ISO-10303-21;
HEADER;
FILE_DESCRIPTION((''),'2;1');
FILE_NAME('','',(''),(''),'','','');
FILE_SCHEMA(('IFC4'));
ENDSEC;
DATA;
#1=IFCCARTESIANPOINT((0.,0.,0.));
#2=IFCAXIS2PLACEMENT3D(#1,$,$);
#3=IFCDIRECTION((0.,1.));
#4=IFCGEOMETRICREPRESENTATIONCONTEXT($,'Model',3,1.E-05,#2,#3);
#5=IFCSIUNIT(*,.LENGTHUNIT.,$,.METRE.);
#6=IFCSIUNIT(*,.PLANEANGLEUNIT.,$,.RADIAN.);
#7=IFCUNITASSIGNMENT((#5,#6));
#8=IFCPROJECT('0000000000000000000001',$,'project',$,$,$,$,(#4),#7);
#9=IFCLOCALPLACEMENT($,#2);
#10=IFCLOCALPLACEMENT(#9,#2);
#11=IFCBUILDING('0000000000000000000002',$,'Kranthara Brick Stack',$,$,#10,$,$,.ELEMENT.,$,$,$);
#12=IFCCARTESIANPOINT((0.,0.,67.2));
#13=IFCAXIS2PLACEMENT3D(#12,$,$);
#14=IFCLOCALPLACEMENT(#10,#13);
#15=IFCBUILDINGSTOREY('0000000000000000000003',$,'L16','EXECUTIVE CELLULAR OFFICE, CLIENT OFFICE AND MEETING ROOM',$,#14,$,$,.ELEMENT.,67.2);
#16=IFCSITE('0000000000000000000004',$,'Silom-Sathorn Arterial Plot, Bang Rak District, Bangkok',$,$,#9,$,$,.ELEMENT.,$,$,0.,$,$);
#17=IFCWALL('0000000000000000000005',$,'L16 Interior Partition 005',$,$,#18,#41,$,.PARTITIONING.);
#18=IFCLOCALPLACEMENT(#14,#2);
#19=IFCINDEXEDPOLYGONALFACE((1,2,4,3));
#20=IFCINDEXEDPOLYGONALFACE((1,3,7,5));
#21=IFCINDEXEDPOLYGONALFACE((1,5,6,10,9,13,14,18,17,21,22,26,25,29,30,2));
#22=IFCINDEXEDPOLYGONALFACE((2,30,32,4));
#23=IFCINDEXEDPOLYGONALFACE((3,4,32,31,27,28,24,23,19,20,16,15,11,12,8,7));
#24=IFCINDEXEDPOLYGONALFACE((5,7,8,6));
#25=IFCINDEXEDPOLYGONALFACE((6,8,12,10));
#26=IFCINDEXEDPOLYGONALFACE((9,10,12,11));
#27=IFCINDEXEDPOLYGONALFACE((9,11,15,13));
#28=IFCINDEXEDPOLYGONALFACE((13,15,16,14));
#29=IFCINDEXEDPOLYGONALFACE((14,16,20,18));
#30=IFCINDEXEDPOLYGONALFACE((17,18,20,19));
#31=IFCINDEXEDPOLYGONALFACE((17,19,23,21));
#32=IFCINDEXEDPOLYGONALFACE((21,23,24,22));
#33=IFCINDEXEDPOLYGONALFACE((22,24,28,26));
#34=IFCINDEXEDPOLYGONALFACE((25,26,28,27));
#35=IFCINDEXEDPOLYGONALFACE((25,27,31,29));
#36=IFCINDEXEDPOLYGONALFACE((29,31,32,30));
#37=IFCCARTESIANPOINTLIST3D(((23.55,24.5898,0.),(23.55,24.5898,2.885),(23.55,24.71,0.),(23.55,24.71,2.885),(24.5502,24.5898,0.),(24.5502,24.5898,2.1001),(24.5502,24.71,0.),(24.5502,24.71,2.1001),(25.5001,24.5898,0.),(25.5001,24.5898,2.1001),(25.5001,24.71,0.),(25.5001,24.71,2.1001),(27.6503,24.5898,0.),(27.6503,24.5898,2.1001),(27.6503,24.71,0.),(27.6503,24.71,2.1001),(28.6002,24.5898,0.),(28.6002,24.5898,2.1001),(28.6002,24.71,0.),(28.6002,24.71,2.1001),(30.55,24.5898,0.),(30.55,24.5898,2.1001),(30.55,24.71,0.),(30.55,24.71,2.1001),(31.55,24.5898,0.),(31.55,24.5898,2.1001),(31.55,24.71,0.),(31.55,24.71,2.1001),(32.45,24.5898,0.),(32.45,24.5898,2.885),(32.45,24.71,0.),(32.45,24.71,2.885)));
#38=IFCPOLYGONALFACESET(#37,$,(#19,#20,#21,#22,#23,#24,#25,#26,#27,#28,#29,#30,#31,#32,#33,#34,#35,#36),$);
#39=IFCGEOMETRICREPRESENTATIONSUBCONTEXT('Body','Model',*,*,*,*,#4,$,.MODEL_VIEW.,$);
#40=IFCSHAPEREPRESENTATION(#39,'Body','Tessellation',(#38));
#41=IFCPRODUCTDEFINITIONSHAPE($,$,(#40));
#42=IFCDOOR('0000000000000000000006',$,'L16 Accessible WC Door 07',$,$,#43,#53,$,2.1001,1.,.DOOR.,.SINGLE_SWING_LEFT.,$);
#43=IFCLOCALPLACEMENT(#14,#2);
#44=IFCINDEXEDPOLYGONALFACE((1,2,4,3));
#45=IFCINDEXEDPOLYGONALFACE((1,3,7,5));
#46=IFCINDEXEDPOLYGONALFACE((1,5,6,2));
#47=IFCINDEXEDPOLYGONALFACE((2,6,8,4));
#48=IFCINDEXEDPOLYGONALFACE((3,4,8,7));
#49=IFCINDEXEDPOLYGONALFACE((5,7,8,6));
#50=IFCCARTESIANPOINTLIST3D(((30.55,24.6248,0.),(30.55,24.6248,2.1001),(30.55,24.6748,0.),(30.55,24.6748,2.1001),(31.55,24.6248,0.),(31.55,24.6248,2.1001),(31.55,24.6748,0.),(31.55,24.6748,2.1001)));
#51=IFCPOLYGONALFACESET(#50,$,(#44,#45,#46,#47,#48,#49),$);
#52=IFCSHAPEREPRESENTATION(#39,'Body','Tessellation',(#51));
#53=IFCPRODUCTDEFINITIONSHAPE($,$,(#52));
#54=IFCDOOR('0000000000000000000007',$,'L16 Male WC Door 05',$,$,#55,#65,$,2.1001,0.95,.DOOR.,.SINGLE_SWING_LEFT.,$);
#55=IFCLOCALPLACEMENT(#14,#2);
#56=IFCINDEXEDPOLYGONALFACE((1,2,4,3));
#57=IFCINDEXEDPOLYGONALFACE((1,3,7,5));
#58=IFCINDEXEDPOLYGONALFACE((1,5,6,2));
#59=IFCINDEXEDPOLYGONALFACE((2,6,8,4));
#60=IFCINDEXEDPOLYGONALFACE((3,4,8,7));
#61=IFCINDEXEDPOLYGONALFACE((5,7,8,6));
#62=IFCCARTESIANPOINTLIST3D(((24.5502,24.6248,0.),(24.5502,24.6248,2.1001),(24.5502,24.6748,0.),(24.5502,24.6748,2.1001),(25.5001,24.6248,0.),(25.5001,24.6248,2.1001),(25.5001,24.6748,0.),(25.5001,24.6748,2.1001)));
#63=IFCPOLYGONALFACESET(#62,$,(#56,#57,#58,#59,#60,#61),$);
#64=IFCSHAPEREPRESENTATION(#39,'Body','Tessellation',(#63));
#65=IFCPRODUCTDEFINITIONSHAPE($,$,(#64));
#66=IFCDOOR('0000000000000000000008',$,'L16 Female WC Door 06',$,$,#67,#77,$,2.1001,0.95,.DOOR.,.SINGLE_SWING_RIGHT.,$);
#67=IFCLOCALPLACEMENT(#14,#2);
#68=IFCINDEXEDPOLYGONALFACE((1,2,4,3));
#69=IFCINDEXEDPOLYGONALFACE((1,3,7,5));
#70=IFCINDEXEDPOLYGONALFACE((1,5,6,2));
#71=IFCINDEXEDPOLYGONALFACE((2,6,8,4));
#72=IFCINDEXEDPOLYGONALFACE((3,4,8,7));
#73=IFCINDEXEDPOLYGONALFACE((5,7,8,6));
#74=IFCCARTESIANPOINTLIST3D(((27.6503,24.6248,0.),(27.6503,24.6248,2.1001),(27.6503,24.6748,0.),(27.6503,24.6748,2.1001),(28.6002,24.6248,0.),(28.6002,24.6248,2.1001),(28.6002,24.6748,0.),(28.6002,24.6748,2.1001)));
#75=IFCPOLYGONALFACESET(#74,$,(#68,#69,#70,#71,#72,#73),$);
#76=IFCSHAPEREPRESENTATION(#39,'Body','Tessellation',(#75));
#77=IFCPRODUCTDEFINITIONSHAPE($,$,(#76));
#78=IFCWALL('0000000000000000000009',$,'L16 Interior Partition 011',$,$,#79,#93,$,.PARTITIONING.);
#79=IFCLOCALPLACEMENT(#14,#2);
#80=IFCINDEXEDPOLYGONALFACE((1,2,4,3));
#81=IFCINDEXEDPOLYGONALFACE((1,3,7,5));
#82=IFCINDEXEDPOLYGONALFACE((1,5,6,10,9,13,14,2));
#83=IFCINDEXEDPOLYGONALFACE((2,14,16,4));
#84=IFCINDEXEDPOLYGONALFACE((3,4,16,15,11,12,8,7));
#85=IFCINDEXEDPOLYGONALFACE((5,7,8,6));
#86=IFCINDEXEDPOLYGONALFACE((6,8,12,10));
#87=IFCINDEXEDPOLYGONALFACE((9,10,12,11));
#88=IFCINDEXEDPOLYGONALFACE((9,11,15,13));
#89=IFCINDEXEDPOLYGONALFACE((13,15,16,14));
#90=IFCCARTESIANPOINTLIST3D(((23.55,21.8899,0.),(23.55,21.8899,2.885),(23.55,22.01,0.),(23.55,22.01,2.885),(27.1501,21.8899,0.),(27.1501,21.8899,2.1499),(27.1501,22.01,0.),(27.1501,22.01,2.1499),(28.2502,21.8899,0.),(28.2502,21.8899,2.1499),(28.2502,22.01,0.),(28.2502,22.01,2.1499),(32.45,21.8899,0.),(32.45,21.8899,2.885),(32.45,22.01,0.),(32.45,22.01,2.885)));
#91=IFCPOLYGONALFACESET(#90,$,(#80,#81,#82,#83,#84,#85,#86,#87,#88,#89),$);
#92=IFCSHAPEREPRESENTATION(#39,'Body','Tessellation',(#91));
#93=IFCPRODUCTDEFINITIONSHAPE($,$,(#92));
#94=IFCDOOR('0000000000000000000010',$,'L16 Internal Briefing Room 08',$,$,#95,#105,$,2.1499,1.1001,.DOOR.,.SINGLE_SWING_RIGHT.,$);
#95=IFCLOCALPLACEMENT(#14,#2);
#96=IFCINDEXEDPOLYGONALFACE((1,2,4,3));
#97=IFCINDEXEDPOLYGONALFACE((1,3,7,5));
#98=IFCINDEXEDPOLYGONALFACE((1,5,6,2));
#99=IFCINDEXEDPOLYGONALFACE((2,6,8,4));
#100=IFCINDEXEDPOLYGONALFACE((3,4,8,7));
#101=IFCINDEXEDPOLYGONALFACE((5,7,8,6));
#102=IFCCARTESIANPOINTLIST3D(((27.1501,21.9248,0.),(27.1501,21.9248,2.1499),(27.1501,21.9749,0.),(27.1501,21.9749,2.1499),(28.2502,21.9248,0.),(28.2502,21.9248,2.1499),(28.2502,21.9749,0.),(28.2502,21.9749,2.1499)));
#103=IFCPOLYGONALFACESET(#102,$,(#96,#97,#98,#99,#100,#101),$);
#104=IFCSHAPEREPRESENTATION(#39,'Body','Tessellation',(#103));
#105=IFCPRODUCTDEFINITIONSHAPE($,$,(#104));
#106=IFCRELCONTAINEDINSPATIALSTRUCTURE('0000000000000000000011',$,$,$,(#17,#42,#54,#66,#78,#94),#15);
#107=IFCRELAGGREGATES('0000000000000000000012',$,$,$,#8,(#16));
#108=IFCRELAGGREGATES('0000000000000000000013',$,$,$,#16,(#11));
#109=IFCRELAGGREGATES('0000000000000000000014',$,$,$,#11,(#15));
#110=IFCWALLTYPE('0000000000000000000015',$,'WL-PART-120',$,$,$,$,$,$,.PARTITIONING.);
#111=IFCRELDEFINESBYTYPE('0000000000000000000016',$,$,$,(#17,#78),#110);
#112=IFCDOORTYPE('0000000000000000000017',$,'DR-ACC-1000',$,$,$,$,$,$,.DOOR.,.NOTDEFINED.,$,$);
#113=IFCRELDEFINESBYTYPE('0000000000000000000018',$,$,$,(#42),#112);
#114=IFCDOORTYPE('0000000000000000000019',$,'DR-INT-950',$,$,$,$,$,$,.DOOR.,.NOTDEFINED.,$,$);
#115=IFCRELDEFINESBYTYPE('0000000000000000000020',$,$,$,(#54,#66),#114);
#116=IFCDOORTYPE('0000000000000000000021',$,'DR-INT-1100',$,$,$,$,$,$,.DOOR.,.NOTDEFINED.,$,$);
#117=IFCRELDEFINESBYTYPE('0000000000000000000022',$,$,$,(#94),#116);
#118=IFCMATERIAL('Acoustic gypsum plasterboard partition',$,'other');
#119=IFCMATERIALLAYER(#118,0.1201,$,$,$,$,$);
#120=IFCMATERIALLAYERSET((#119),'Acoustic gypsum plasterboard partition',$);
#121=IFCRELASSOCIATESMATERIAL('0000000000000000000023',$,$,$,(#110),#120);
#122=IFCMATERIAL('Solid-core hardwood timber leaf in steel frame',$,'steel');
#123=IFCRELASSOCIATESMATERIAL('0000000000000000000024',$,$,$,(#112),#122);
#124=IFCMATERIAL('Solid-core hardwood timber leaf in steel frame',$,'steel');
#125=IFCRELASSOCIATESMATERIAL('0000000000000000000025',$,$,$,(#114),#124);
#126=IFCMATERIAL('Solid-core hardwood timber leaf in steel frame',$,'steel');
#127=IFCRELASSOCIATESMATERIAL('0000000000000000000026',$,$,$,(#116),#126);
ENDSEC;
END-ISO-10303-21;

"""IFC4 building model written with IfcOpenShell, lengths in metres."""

from ifc_helpers import new_model, si_unit, direction, frame, frame_2d, origin, place, context, subcontext, project, spatial, rectangle, extrude, material, layer, layer_set, type_object, element, fill, save


model = new_model("IFC4")

# Units and contexts
model_context = context("Model", 3, precision=1e-05, world=origin(), true_north=direction((0.0, 1.0)))
body_context = subcontext(model_context, "Body", "Model", "MODEL_VIEW")
ifc_project = project(units=[si_unit("LENGTHUNIT", "METRE"), si_unit("PLANEANGLEUNIT", "RADIAN")], contexts=[model_context])

# Site, building, storey
site_placement = place(None, origin())
site = spatial("IfcSite", under=ifc_project, at=site_placement, Name="Silom-Sathorn Arterial Plot, Bang Rak District, Bangkok", CompositionType="ELEMENT", RefElevation=0.0)
building_placement = place(site_placement, origin())
building = spatial("IfcBuilding", under=site, at=building_placement, Name="Kranthara Brick Stack", CompositionType="ELEMENT")
storey_placement = place(building_placement, frame((0.0, 0.0, 67.2)))
storey = spatial("IfcBuildingStorey", under=building, at=storey_placement, Name="L16", Description="EXECUTIVE CELLULAR OFFICE, CLIENT OFFICE AND MEETING ROOM", CompositionType="ELEMENT", Elevation=67.2)

# Wall, openings, doors
ifc_material_1 = material(Name="Acoustic gypsum plasterboard partition", Category="other")
ifc_layer_1 = layer(ifc_material_1, 0.1201)
ifc_layer_set_1 = layer_set([ifc_layer_1], Name="Acoustic gypsum plasterboard partition")
wall_type_1 = type_object("IfcWallType", Name="WL-PART-120", PredefinedType="PARTITIONING", material=ifc_layer_set_1)
wall_1_placement = place(storey_placement, frame((23.55, 24.6499, 0.0), z_axis=(0.0, 0.0, 1.0), x_axis=(1.0, 0.0, 0.0)))
wall_1 = element("IfcWall", 1, at=wall_1_placement, inside=storey, type_object=wall_type_1, Name="L16 Interior Partition 005", PredefinedType="PARTITIONING", context=body_context, shape_type="SweptSolid", body=[
    extrude(rectangle(XDim=8.8999, YDim=0.1201, at=frame_2d((4.45, 0.0))), origin(), (0.0, 0.0, 1.0), 2.885),
])
opening_1_placement = place(wall_1_placement, frame((1.0, 0.0, 0.0)))
opening_1 = element("IfcOpeningElement", 2, at=opening_1_placement, cuts=wall_1, PredefinedType="OPENING", context=body_context, shape_type="SweptSolid", body=[
    extrude(rectangle(XDim=0.95, YDim=2.1001, at=frame_2d((0.4751, 1.05))), frame((0.0, 0.0701, 0.0), z_axis=(0.0, -1.0, 0.0), x_axis=(1.0, 0.0, 0.0)), (0.0, 0.0, 1.0), 0.1401),
])
opening_2_placement = place(wall_1_placement, frame((4.1001, 0.0, 0.0)))
opening_2 = element("IfcOpeningElement", 3, at=opening_2_placement, cuts=wall_1, PredefinedType="OPENING", context=body_context, shape_type="SweptSolid", body=[
    extrude(rectangle(XDim=0.95, YDim=2.1001, at=frame_2d((0.4751, 1.05))), frame((0.0, 0.0701, 0.0), z_axis=(0.0, -1.0, 0.0), x_axis=(1.0, 0.0, 0.0)), (0.0, 0.0, 1.0), 0.1401),
])
opening_3_placement = place(wall_1_placement, frame((7.0, 0.0, 0.0)))
opening_3 = element("IfcOpeningElement", 4, at=opening_3_placement, cuts=wall_1, PredefinedType="OPENING", context=body_context, shape_type="SweptSolid", body=[
    extrude(rectangle(XDim=1.0, YDim=2.1001, at=frame_2d((0.5, 1.05))), frame((0.0, 0.0701, 0.0), z_axis=(0.0, -1.0, 0.0), x_axis=(1.0, 0.0, 0.0)), (0.0, 0.0, 1.0), 0.1401),
])
ifc_material_2 = material(Name="Solid-core hardwood timber leaf in steel frame", Category="steel")
door_type_1 = type_object("IfcDoorType", Name="DR-ACC-1000", OperationType="NOTDEFINED", PredefinedType="DOOR", material=ifc_material_2)
door_1_placement = place(opening_3_placement, origin())
door_1 = element("IfcDoor", 5, at=door_1_placement, inside=storey, type_object=door_type_1, Name="L16 Accessible WC Door 07", OperationType="SINGLE_SWING_LEFT", OverallHeight=2.1001, OverallWidth=1.0, PredefinedType="DOOR", context=body_context, shape_type="SweptSolid", body=[
    extrude(rectangle(XDim=1.0, YDim=2.1001, at=frame_2d((0.5, 1.05))), frame((0.0, 0.0249, 0.0), z_axis=(0.0, -1.0, 0.0), x_axis=(1.0, 0.0, 0.0)), (0.0, 0.0, 1.0), 0.05),
])
fill(opening_3, door_1)
ifc_material_3 = material(Name="Solid-core hardwood timber leaf in steel frame", Category="steel")
door_type_2 = type_object("IfcDoorType", Name="DR-INT-950", OperationType="NOTDEFINED", PredefinedType="DOOR", material=ifc_material_3)
door_2_placement = place(opening_1_placement, origin())
door_2 = element("IfcDoor", 6, at=door_2_placement, inside=storey, type_object=door_type_2, Name="L16 Male WC Door 05", OperationType="SINGLE_SWING_LEFT", OverallHeight=2.1001, OverallWidth=0.95, PredefinedType="DOOR", context=body_context, shape_type="SweptSolid", body=[
    extrude(rectangle(XDim=0.95, YDim=2.1001, at=frame_2d((0.4751, 1.05))), frame((0.0, 0.0249, 0.0), z_axis=(0.0, -1.0, 0.0), x_axis=(1.0, 0.0, 0.0)), (0.0, 0.0, 1.0), 0.05),
])
fill(opening_1, door_2)
door_3_placement = place(opening_2_placement, origin())
door_3 = element("IfcDoor", 7, at=door_3_placement, inside=storey, type_object=door_type_2, Name="L16 Female WC Door 06", OperationType="SINGLE_SWING_RIGHT", OverallHeight=2.1001, OverallWidth=0.95, PredefinedType="DOOR", context=body_context, shape_type="SweptSolid", body=[
    extrude(rectangle(XDim=0.95, YDim=2.1001, at=frame_2d((0.4751, 1.05))), frame((0.0, 0.0249, 0.0), z_axis=(0.0, -1.0, 0.0), x_axis=(1.0, 0.0, 0.0)), (0.0, 0.0, 1.0), 0.05),
])
fill(opening_2, door_3)

# Wall, opening, door
wall_2_placement = place(storey_placement, frame((23.55, 21.95, 0.0), z_axis=(0.0, 0.0, 1.0), x_axis=(1.0, 0.0, 0.0)))
wall_2 = element("IfcWall", 8, at=wall_2_placement, inside=storey, type_object=wall_type_1, Name="L16 Interior Partition 011", PredefinedType="PARTITIONING", context=body_context, shape_type="SweptSolid", body=[
    extrude(rectangle(XDim=8.8999, YDim=0.1201, at=frame_2d((4.45, 0.0))), origin(), (0.0, 0.0, 1.0), 2.885),
])
opening_4_placement = place(wall_2_placement, frame((3.6001, 0.0, 0.0)))
opening_4 = element("IfcOpeningElement", 9, at=opening_4_placement, cuts=wall_2, PredefinedType="OPENING", context=body_context, shape_type="SweptSolid", body=[
    extrude(rectangle(XDim=1.1001, YDim=2.1499, at=frame_2d((0.55, 1.075))), frame((0.0, 0.0701, 0.0), z_axis=(0.0, -1.0, 0.0), x_axis=(1.0, 0.0, 0.0)), (0.0, 0.0, 1.0), 0.1401),
])
ifc_material_4 = material(Name="Solid-core hardwood timber leaf in steel frame", Category="steel")
door_type_3 = type_object("IfcDoorType", Name="DR-INT-1100", OperationType="NOTDEFINED", PredefinedType="DOOR", material=ifc_material_4)
door_4_placement = place(opening_4_placement, origin())
door_4 = element("IfcDoor", 10, at=door_4_placement, inside=storey, type_object=door_type_3, Name="L16 Internal Briefing Room 08", OperationType="SINGLE_SWING_RIGHT", OverallHeight=2.1499, OverallWidth=1.1001, PredefinedType="DOOR", context=body_context, shape_type="SweptSolid", body=[
    extrude(rectangle(XDim=1.1001, YDim=2.1499, at=frame_2d((0.55, 1.075))), frame((0.0, 0.0249, 0.0), z_axis=(0.0, -1.0, 0.0), x_axis=(1.0, 0.0, 0.0)), (0.0, 0.0, 1.0), 0.05),
])
fill(opening_4, door_4)

save(model, "model.ifc")
